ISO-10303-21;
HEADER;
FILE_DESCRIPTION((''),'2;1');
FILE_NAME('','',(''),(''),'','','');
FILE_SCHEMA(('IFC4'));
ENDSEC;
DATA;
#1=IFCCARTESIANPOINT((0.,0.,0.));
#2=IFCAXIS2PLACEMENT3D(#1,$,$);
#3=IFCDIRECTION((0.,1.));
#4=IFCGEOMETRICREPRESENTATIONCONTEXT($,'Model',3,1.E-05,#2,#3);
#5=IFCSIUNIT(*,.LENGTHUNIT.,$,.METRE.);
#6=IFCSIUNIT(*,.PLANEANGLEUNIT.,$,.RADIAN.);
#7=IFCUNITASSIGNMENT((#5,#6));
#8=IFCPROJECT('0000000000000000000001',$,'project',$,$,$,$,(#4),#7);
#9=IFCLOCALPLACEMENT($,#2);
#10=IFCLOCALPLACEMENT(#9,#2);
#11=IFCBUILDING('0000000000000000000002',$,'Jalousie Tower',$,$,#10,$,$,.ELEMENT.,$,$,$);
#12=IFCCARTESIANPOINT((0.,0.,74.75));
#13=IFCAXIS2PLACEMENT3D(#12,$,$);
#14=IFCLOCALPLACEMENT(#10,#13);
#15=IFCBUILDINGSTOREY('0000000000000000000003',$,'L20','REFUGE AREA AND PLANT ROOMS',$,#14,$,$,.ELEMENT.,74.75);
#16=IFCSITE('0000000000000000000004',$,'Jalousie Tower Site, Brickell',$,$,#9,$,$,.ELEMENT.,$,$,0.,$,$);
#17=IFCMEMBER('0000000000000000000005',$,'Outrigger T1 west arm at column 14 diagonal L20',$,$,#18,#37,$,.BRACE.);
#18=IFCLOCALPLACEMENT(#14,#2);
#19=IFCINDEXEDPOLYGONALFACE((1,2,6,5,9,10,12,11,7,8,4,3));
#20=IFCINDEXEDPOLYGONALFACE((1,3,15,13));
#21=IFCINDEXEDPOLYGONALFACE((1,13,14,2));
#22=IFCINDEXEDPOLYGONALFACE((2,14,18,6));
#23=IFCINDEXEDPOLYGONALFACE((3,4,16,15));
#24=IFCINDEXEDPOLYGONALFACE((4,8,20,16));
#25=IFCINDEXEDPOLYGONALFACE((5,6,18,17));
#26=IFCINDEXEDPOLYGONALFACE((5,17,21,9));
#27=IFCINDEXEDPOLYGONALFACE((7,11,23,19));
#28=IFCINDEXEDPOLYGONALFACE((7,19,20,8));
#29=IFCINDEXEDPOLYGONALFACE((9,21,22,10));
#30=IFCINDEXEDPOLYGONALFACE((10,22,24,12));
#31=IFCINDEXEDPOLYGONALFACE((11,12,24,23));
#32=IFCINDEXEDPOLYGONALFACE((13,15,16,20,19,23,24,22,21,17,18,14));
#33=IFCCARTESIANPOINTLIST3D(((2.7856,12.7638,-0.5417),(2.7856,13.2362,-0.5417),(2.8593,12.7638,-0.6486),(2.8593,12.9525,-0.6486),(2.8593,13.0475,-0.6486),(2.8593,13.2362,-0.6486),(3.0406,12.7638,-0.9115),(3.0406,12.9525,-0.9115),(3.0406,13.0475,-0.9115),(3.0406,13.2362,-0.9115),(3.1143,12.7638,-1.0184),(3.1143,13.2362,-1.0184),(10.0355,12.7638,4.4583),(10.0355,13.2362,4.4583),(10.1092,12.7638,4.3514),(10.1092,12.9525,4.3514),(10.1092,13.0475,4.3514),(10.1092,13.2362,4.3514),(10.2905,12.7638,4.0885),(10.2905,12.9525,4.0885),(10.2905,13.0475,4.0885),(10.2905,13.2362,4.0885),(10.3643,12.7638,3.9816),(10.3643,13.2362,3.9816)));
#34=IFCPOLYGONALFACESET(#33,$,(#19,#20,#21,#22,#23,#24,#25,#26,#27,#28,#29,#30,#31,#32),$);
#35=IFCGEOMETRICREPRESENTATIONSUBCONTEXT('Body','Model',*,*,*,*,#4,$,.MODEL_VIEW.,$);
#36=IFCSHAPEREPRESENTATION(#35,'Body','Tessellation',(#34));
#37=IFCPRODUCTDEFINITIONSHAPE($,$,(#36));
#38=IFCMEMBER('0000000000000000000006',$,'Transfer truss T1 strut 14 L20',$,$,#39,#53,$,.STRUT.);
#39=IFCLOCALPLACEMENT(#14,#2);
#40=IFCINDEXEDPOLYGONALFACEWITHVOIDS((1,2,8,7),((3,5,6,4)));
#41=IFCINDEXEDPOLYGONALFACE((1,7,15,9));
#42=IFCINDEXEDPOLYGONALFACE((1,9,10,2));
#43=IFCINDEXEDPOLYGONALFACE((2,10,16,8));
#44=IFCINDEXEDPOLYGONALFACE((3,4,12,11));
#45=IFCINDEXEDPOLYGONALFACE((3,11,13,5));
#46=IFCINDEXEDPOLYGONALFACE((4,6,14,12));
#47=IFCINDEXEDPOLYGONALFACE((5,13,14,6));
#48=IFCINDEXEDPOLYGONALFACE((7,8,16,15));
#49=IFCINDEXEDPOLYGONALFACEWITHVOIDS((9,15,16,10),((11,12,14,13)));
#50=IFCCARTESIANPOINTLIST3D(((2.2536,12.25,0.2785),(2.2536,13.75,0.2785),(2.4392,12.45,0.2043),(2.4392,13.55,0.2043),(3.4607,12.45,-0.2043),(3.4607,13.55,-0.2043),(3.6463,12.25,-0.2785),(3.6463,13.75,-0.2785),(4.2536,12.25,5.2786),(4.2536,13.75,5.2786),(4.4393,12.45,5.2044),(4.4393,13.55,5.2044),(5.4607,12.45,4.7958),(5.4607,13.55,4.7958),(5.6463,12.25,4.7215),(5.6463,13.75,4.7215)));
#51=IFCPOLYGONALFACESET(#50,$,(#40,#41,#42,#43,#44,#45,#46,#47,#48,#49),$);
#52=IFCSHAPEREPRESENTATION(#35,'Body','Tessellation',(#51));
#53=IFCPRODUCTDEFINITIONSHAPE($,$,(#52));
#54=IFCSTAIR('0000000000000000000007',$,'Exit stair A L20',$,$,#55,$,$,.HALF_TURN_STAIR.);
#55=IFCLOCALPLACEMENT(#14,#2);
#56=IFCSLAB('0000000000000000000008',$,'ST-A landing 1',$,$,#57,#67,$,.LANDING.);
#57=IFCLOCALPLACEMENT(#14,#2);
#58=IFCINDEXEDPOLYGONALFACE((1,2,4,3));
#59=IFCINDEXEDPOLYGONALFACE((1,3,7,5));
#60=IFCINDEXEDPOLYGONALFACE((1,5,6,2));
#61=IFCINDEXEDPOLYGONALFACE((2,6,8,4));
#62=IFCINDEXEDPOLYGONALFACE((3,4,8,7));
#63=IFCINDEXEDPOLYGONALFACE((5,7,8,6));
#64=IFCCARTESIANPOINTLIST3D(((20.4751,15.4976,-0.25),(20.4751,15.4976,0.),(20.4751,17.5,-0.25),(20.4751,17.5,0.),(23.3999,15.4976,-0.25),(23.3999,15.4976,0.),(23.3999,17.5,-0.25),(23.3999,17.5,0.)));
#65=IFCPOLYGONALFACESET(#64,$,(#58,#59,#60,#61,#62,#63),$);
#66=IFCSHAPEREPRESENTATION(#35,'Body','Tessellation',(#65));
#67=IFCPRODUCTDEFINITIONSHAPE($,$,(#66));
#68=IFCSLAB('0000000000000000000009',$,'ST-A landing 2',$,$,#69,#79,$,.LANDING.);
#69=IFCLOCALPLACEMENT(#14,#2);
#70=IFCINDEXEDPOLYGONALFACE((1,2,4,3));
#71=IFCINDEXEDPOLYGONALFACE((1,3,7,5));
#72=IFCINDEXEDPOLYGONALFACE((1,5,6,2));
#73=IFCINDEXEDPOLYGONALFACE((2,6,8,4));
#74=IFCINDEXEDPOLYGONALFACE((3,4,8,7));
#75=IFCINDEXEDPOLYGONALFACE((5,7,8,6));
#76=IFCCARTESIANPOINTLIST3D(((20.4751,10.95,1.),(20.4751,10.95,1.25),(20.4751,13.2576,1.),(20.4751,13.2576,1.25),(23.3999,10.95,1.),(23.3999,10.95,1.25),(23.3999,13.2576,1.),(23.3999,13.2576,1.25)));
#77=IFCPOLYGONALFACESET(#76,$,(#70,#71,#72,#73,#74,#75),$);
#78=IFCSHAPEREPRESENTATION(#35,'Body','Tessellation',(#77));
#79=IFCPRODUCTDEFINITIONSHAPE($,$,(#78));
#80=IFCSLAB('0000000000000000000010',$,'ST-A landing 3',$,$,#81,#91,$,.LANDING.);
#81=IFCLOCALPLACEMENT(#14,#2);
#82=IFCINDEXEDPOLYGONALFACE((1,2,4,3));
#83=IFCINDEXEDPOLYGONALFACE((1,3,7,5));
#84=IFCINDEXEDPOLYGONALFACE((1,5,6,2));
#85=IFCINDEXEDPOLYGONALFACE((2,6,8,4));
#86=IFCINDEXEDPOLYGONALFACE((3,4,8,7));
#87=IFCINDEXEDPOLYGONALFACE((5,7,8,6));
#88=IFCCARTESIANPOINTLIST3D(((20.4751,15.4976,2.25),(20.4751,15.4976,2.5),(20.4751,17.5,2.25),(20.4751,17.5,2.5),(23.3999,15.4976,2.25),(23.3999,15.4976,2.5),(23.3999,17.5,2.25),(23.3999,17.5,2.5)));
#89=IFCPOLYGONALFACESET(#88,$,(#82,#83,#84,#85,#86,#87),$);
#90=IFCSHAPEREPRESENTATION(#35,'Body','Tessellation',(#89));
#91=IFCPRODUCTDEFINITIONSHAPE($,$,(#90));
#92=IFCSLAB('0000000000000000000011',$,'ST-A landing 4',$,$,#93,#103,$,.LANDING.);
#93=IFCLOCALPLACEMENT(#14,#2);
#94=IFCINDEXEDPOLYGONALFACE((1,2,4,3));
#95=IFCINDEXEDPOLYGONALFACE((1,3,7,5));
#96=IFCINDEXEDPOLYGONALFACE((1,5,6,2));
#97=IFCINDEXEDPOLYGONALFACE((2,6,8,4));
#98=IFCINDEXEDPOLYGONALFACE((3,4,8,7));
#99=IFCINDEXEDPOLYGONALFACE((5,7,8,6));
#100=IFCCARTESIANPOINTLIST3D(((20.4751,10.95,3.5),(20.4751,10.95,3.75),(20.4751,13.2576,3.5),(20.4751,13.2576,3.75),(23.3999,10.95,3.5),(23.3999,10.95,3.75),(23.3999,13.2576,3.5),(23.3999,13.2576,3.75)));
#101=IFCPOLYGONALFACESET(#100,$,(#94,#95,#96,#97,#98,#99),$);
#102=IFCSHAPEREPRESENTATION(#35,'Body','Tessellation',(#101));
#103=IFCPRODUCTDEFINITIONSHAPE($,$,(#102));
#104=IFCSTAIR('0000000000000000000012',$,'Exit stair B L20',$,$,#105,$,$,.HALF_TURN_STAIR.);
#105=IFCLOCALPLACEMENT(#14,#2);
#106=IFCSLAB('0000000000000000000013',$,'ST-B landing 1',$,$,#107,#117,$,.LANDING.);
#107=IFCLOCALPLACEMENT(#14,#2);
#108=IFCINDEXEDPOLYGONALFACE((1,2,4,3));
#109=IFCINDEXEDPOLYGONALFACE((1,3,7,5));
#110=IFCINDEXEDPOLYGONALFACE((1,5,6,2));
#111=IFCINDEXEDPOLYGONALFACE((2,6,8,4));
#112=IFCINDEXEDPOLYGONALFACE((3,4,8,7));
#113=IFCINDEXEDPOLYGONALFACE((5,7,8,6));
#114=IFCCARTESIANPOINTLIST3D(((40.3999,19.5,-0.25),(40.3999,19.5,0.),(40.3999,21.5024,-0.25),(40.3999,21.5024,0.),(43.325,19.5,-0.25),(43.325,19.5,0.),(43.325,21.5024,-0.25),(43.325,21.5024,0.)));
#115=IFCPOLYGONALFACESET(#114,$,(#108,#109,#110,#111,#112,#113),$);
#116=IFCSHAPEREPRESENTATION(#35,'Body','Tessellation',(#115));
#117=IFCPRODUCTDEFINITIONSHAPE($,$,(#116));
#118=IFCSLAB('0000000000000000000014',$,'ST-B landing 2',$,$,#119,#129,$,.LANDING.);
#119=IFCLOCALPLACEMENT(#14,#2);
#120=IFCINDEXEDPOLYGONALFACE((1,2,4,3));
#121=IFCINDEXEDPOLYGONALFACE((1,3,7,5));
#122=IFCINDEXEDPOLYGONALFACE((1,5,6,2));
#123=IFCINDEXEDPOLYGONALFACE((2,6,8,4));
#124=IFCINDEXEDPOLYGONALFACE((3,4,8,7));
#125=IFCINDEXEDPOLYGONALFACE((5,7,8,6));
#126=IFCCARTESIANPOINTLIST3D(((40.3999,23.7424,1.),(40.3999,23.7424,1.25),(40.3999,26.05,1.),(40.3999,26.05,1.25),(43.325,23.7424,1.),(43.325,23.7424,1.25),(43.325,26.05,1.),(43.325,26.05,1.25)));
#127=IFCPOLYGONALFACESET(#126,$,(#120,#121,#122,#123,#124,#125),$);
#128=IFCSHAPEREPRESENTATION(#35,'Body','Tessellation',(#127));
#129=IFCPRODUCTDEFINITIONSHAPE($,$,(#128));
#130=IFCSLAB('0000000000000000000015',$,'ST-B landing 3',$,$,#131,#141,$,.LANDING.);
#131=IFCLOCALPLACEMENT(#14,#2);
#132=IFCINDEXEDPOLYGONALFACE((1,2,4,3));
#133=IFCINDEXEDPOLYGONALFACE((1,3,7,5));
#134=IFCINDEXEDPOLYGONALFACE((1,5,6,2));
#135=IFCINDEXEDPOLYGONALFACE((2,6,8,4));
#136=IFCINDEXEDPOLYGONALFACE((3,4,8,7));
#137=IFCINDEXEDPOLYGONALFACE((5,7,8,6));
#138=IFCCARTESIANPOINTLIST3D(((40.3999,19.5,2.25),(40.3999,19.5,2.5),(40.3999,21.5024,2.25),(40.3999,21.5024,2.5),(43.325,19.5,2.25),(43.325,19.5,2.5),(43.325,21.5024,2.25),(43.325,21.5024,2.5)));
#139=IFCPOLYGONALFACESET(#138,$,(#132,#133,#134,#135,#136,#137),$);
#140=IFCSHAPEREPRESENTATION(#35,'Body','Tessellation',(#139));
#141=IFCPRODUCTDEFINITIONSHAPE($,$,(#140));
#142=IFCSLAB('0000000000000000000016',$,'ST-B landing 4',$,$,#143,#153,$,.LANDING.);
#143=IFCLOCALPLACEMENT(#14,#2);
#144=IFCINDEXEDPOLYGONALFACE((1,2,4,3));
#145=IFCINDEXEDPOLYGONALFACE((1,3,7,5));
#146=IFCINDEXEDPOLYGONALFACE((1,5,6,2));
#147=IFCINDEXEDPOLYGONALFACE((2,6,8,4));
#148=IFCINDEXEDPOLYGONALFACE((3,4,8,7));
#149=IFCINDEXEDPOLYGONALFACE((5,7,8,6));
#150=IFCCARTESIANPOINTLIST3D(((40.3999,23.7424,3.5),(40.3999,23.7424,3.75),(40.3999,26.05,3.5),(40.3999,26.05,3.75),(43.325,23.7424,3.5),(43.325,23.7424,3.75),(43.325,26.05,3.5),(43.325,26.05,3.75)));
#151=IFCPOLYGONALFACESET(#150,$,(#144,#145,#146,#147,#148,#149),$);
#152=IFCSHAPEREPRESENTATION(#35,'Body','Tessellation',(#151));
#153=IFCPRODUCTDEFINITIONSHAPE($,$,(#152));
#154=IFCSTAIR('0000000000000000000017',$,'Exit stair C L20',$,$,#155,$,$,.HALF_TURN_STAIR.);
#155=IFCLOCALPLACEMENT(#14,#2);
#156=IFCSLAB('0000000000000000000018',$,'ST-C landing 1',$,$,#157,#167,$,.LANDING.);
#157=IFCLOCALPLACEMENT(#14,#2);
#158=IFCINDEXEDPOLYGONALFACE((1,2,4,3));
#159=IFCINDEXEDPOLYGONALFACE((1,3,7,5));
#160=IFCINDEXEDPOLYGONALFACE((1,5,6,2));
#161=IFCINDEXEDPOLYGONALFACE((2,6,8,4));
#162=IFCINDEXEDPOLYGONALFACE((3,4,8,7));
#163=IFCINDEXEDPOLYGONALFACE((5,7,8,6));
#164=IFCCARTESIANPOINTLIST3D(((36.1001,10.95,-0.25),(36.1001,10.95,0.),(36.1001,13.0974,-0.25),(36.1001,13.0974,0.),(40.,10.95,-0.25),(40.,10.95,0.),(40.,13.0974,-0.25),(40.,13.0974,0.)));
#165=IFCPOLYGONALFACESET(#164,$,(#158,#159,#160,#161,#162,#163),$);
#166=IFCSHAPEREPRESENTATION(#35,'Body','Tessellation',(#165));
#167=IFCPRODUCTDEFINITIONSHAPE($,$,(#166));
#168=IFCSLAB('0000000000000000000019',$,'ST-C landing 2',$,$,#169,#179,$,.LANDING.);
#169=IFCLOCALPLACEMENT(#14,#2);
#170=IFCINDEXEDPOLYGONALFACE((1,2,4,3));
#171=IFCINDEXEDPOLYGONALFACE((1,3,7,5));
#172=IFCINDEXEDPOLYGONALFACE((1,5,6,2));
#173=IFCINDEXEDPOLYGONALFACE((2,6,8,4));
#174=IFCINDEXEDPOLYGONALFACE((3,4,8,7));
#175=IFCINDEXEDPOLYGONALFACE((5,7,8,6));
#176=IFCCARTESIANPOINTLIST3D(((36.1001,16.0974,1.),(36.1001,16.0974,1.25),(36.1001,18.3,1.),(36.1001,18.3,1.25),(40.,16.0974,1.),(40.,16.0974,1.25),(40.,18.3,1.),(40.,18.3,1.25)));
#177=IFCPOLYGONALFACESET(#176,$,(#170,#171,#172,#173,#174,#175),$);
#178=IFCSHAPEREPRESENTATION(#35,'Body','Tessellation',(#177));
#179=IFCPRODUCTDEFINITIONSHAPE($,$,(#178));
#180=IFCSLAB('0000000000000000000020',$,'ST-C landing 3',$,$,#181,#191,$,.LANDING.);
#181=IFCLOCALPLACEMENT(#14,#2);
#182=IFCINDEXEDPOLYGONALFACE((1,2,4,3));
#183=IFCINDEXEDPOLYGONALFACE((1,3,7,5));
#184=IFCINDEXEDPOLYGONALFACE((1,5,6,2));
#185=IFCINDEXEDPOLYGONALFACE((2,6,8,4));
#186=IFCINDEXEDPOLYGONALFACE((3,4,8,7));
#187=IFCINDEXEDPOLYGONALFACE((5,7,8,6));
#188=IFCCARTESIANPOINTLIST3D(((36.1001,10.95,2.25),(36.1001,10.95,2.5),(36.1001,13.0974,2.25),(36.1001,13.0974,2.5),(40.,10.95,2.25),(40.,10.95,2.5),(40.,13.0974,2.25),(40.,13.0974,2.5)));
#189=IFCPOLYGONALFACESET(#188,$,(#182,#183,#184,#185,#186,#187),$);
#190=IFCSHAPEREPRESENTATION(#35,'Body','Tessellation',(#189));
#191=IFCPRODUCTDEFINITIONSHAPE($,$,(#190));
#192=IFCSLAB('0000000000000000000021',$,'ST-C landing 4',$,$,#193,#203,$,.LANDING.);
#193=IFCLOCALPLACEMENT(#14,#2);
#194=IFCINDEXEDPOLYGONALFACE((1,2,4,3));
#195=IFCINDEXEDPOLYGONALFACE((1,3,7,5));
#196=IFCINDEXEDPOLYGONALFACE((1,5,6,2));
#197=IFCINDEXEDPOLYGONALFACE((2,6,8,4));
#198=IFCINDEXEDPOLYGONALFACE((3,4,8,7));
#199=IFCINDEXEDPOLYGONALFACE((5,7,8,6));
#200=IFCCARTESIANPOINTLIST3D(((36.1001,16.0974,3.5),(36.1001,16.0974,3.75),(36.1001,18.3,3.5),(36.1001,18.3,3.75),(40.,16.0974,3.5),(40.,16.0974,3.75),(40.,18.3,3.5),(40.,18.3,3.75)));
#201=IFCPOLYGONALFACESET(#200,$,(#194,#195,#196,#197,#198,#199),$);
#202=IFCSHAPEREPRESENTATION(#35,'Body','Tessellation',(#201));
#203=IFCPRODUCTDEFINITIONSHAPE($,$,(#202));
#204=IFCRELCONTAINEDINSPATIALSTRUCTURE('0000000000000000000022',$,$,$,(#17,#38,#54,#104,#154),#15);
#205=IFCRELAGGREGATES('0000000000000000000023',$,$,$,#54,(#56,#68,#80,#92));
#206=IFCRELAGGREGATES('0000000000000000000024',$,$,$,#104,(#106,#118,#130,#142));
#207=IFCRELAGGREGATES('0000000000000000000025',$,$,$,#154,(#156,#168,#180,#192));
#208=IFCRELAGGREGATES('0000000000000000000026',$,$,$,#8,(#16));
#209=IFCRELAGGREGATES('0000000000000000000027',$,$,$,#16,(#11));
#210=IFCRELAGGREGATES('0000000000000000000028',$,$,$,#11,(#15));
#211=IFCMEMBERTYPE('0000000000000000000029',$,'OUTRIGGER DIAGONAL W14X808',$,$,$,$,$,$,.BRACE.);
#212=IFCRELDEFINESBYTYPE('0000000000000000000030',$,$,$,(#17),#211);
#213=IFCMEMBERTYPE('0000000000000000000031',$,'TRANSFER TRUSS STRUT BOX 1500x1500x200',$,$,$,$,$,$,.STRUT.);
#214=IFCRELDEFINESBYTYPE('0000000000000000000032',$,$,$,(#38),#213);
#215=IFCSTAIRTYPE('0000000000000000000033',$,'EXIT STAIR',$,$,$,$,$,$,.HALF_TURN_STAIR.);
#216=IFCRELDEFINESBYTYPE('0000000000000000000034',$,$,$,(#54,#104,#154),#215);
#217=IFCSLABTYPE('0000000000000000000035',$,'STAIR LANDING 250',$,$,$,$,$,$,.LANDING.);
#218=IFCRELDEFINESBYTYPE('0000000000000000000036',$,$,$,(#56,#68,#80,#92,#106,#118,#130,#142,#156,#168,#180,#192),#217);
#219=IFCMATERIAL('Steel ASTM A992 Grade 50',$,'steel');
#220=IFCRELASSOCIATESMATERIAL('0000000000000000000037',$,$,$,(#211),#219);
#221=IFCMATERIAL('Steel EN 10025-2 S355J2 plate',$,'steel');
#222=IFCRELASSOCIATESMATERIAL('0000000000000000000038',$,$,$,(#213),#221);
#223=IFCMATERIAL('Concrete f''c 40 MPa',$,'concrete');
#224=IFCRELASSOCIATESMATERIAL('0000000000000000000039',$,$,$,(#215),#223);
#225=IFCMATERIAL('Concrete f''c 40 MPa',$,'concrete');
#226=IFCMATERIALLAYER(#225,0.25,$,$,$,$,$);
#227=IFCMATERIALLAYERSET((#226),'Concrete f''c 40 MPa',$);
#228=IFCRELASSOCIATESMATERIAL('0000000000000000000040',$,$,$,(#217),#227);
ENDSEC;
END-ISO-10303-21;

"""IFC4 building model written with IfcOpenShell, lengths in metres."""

from ifc_helpers import new_model, si_unit, direction, frame, origin, origin_2d, place, context, subcontext, project, spatial, polyline, hollow_rectangle, i_section, outline, extrude, material, layer, layer_set, material_profile, profile_set, type_object, element, aggregate, save


model = new_model("IFC4")

# Units and contexts
model_context = context("Model", 3, precision=1e-05, world=origin(), true_north=direction((0.0, 1.0)))
body_context = subcontext(model_context, "Body", "Model", "MODEL_VIEW")
ifc_project = project(units=[si_unit("LENGTHUNIT", "METRE"), si_unit("PLANEANGLEUNIT", "RADIAN")], contexts=[model_context])

# Site, building, storey
site_placement = place(None, origin())
site = spatial("IfcSite", under=ifc_project, at=site_placement, Name="Jalousie Tower Site, Brickell", CompositionType="ELEMENT", RefElevation=0.0)
building_placement = place(site_placement, origin())
building = spatial("IfcBuilding", under=site, at=building_placement, Name="Jalousie Tower", CompositionType="ELEMENT")
storey_placement = place(building_placement, frame((0.0, 0.0, 74.75)))
storey = spatial("IfcBuildingStorey", under=building, at=storey_placement, Name="L20", Description="REFUGE AREA AND PLANT ROOMS", CompositionType="ELEMENT", Elevation=74.75)

# Members
ifc_material_1 = material(Name="Steel ASTM A992 Grade 50", Category="steel")
ifc_material_profile_1 = material_profile(ifc_material_1, i_section(OverallWidth=0.4724, OverallDepth=0.5791, WebThickness=0.095, FlangeThickness=0.1299, at=origin_2d()), Name="W14X808")
ifc_profile_set_1 = profile_set([ifc_material_profile_1], Name="Steel ASTM A992 Grade 50")
member_type_1 = type_object("IfcMemberType", Name="OUTRIGGER DIAGONAL W14X808", PredefinedType="BRACE", material=ifc_profile_set_1)
member_1_placement = place(storey_placement, frame((2.95, 13.0, -0.78), z_axis=(0.823213, 0.0, 0.567733), x_axis=(0.0, 1.0, 0.0)))
element("IfcMember", 1, at=member_1_placement, inside=storey, type_object=member_type_1, Name="Outrigger T1 west arm at column 14 diagonal L20", PredefinedType="BRACE", context=body_context, shape_type="SweptSolid", body=[
    extrude(i_section(OverallWidth=0.4724, OverallDepth=0.5791, WebThickness=0.095, FlangeThickness=0.1299, at=origin_2d()), origin(), (0.0, 0.0, 1.0), 8.8069),
])
ifc_material_2 = material(Name="Steel EN 10025-2 S355J2 plate", Category="steel")
ifc_material_profile_2 = material_profile(ifc_material_2, hollow_rectangle(XDim=1.5, YDim=1.5, WallThickness=0.2, at=origin_2d()), Name="BOX 1500x1500x200")
ifc_profile_set_2 = profile_set([ifc_material_profile_2], Name="Steel EN 10025-2 S355J2 plate")
member_type_2 = type_object("IfcMemberType", Name="TRANSFER TRUSS STRUT BOX 1500x1500x200", PredefinedType="STRUT", material=ifc_profile_set_2)
member_2_placement = place(storey_placement, frame((2.95, 13.0, 0.0), z_axis=(0.371391, 0.0, 0.928477), x_axis=(0.0, 1.0, 0.0)))
element("IfcMember", 2, at=member_2_placement, inside=storey, type_object=member_type_2, Name="Transfer truss T1 strut 14 L20", PredefinedType="STRUT", context=body_context, shape_type="SweptSolid", body=[
    extrude(hollow_rectangle(XDim=1.5, YDim=1.5, WallThickness=0.2, at=origin_2d()), origin(), (0.0, 0.0, 1.0), 5.3853),
])

# Stairs, slabs
ifc_material_3 = material(Name="Concrete f'c 40 MPa", Category="concrete")
stair_type = type_object("IfcStairType", Name="EXIT STAIR", PredefinedType="HALF_TURN_STAIR", material=ifc_material_3)
stair_1_placement = place(storey_placement, origin())
stair_1 = element("IfcStair", 3, at=stair_1_placement, inside=storey, type_object=stair_type, Name="Exit stair A L20", PredefinedType="HALF_TURN_STAIR")
ifc_material_4 = material(Name="Concrete f'c 40 MPa", Category="concrete")
ifc_layer_1 = layer(ifc_material_4, 0.25)
ifc_layer_set_1 = layer_set([ifc_layer_1], Name="Concrete f'c 40 MPa")
slab_type_1 = type_object("IfcSlabType", Name="STAIR LANDING 250", PredefinedType="LANDING", material=ifc_layer_set_1)
slab_1_placement = place(storey_placement, frame((0.0, 0.0, -0.25)))
slab_1 = element("IfcSlab", 4, at=slab_1_placement, type_object=slab_type_1, Name="ST-A landing 1", PredefinedType="LANDING", context=body_context, shape_type="SweptSolid", body=[
    extrude(outline(polyline([(20.4751, 15.4976), (23.3999, 15.4976), (23.3999, 17.5), (20.4751, 17.5), (20.4751, 15.4976)])), origin(), (0.0, 0.0, 1.0), 0.25),
])
slab_2_placement = place(storey_placement, frame((0.0, 0.0, 1.0)))
slab_2 = element("IfcSlab", 5, at=slab_2_placement, type_object=slab_type_1, Name="ST-A landing 2", PredefinedType="LANDING", context=body_context, shape_type="SweptSolid", body=[
    extrude(outline(polyline([(20.4751, 10.95), (23.3999, 10.95), (23.3999, 13.2576), (20.4751, 13.2576), (20.4751, 10.95)])), origin(), (0.0, 0.0, 1.0), 0.25),
])
slab_3_placement = place(storey_placement, frame((0.0, 0.0, 2.25)))
slab_3 = element("IfcSlab", 6, at=slab_3_placement, type_object=slab_type_1, Name="ST-A landing 3", PredefinedType="LANDING", context=body_context, shape_type="SweptSolid", body=[
    extrude(outline(polyline([(20.4751, 15.4976), (23.3999, 15.4976), (23.3999, 17.5), (20.4751, 17.5), (20.4751, 15.4976)])), origin(), (0.0, 0.0, 1.0), 0.25),
])
slab_4_placement = place(storey_placement, frame((0.0, 0.0, 3.5)))
slab_4 = element("IfcSlab", 7, at=slab_4_placement, type_object=slab_type_1, Name="ST-A landing 4", PredefinedType="LANDING", context=body_context, shape_type="SweptSolid", body=[
    extrude(outline(polyline([(20.4751, 10.95), (23.3999, 10.95), (23.3999, 13.2576), (20.4751, 13.2576), (20.4751, 10.95)])), origin(), (0.0, 0.0, 1.0), 0.25),
])
aggregate(stair_1, [slab_1, slab_2, slab_3, slab_4])
stair_2_placement = place(storey_placement, origin())
stair_2 = element("IfcStair", 8, at=stair_2_placement, inside=storey, type_object=stair_type, Name="Exit stair B L20", PredefinedType="HALF_TURN_STAIR")
slab_5_placement = place(storey_placement, frame((0.0, 0.0, -0.25)))
slab_5 = element("IfcSlab", 9, at=slab_5_placement, type_object=slab_type_1, Name="ST-B landing 1", PredefinedType="LANDING", context=body_context, shape_type="SweptSolid", body=[
    extrude(outline(polyline([(40.3999, 19.5), (43.325, 19.5), (43.325, 21.5024), (40.3999, 21.5024), (40.3999, 19.5)])), origin(), (0.0, 0.0, 1.0), 0.25),
])
slab_6_placement = place(storey_placement, frame((0.0, 0.0, 1.0)))
slab_6 = element("IfcSlab", 10, at=slab_6_placement, type_object=slab_type_1, Name="ST-B landing 2", PredefinedType="LANDING", context=body_context, shape_type="SweptSolid", body=[
    extrude(outline(polyline([(40.3999, 23.7424), (43.325, 23.7424), (43.325, 26.05), (40.3999, 26.05), (40.3999, 23.7424)])), origin(), (0.0, 0.0, 1.0), 0.25),
])
slab_7_placement = place(storey_placement, frame((0.0, 0.0, 2.25)))
slab_7 = element("IfcSlab", 11, at=slab_7_placement, type_object=slab_type_1, Name="ST-B landing 3", PredefinedType="LANDING", context=body_context, shape_type="SweptSolid", body=[
    extrude(outline(polyline([(40.3999, 19.5), (43.325, 19.5), (43.325, 21.5024), (40.3999, 21.5024), (40.3999, 19.5)])), origin(), (0.0, 0.0, 1.0), 0.25),
])
slab_8_placement = place(storey_placement, frame((0.0, 0.0, 3.5)))
slab_8 = element("IfcSlab", 12, at=slab_8_placement, type_object=slab_type_1, Name="ST-B landing 4", PredefinedType="LANDING", context=body_context, shape_type="SweptSolid", body=[
    extrude(outline(polyline([(40.3999, 23.7424), (43.325, 23.7424), (43.325, 26.05), (40.3999, 26.05), (40.3999, 23.7424)])), origin(), (0.0, 0.0, 1.0), 0.25),
])
aggregate(stair_2, [slab_5, slab_6, slab_7, slab_8])
stair_3_placement = place(storey_placement, origin())
stair_3 = element("IfcStair", 13, at=stair_3_placement, inside=storey, type_object=stair_type, Name="Exit stair C L20", PredefinedType="HALF_TURN_STAIR")
slab_9_placement = place(storey_placement, frame((0.0, 0.0, -0.25)))
slab_9 = element("IfcSlab", 14, at=slab_9_placement, type_object=slab_type_1, Name="ST-C landing 1", PredefinedType="LANDING", context=body_context, shape_type="SweptSolid", body=[
    extrude(outline(polyline([(36.1001, 10.95), (40.0, 10.95), (40.0, 13.0974), (36.1001, 13.0974), (36.1001, 10.95)])), origin(), (0.0, 0.0, 1.0), 0.25),
])
slab_10_placement = place(storey_placement, frame((0.0, 0.0, 1.0)))
slab_10 = element("IfcSlab", 15, at=slab_10_placement, type_object=slab_type_1, Name="ST-C landing 2", PredefinedType="LANDING", context=body_context, shape_type="SweptSolid", body=[
    extrude(outline(polyline([(36.1001, 16.0974), (40.0, 16.0974), (40.0, 18.3), (36.1001, 18.3), (36.1001, 16.0974)])), origin(), (0.0, 0.0, 1.0), 0.25),
])
slab_11_placement = place(storey_placement, frame((0.0, 0.0, 2.25)))
slab_11 = element("IfcSlab", 16, at=slab_11_placement, type_object=slab_type_1, Name="ST-C landing 3", PredefinedType="LANDING", context=body_context, shape_type="SweptSolid", body=[
    extrude(outline(polyline([(36.1001, 10.95), (40.0, 10.95), (40.0, 13.0974), (36.1001, 13.0974), (36.1001, 10.95)])), origin(), (0.0, 0.0, 1.0), 0.25),
])
slab_12_placement = place(storey_placement, frame((0.0, 0.0, 3.5)))
slab_12 = element("IfcSlab", 17, at=slab_12_placement, type_object=slab_type_1, Name="ST-C landing 4", PredefinedType="LANDING", context=body_context, shape_type="SweptSolid", body=[
    extrude(outline(polyline([(36.1001, 16.0974), (40.0, 16.0974), (40.0, 18.3), (36.1001, 18.3), (36.1001, 16.0974)])), origin(), (0.0, 0.0, 1.0), 0.25),
])
aggregate(stair_3, [slab_9, slab_10, slab_11, slab_12])

save(model, "model.ifc")
